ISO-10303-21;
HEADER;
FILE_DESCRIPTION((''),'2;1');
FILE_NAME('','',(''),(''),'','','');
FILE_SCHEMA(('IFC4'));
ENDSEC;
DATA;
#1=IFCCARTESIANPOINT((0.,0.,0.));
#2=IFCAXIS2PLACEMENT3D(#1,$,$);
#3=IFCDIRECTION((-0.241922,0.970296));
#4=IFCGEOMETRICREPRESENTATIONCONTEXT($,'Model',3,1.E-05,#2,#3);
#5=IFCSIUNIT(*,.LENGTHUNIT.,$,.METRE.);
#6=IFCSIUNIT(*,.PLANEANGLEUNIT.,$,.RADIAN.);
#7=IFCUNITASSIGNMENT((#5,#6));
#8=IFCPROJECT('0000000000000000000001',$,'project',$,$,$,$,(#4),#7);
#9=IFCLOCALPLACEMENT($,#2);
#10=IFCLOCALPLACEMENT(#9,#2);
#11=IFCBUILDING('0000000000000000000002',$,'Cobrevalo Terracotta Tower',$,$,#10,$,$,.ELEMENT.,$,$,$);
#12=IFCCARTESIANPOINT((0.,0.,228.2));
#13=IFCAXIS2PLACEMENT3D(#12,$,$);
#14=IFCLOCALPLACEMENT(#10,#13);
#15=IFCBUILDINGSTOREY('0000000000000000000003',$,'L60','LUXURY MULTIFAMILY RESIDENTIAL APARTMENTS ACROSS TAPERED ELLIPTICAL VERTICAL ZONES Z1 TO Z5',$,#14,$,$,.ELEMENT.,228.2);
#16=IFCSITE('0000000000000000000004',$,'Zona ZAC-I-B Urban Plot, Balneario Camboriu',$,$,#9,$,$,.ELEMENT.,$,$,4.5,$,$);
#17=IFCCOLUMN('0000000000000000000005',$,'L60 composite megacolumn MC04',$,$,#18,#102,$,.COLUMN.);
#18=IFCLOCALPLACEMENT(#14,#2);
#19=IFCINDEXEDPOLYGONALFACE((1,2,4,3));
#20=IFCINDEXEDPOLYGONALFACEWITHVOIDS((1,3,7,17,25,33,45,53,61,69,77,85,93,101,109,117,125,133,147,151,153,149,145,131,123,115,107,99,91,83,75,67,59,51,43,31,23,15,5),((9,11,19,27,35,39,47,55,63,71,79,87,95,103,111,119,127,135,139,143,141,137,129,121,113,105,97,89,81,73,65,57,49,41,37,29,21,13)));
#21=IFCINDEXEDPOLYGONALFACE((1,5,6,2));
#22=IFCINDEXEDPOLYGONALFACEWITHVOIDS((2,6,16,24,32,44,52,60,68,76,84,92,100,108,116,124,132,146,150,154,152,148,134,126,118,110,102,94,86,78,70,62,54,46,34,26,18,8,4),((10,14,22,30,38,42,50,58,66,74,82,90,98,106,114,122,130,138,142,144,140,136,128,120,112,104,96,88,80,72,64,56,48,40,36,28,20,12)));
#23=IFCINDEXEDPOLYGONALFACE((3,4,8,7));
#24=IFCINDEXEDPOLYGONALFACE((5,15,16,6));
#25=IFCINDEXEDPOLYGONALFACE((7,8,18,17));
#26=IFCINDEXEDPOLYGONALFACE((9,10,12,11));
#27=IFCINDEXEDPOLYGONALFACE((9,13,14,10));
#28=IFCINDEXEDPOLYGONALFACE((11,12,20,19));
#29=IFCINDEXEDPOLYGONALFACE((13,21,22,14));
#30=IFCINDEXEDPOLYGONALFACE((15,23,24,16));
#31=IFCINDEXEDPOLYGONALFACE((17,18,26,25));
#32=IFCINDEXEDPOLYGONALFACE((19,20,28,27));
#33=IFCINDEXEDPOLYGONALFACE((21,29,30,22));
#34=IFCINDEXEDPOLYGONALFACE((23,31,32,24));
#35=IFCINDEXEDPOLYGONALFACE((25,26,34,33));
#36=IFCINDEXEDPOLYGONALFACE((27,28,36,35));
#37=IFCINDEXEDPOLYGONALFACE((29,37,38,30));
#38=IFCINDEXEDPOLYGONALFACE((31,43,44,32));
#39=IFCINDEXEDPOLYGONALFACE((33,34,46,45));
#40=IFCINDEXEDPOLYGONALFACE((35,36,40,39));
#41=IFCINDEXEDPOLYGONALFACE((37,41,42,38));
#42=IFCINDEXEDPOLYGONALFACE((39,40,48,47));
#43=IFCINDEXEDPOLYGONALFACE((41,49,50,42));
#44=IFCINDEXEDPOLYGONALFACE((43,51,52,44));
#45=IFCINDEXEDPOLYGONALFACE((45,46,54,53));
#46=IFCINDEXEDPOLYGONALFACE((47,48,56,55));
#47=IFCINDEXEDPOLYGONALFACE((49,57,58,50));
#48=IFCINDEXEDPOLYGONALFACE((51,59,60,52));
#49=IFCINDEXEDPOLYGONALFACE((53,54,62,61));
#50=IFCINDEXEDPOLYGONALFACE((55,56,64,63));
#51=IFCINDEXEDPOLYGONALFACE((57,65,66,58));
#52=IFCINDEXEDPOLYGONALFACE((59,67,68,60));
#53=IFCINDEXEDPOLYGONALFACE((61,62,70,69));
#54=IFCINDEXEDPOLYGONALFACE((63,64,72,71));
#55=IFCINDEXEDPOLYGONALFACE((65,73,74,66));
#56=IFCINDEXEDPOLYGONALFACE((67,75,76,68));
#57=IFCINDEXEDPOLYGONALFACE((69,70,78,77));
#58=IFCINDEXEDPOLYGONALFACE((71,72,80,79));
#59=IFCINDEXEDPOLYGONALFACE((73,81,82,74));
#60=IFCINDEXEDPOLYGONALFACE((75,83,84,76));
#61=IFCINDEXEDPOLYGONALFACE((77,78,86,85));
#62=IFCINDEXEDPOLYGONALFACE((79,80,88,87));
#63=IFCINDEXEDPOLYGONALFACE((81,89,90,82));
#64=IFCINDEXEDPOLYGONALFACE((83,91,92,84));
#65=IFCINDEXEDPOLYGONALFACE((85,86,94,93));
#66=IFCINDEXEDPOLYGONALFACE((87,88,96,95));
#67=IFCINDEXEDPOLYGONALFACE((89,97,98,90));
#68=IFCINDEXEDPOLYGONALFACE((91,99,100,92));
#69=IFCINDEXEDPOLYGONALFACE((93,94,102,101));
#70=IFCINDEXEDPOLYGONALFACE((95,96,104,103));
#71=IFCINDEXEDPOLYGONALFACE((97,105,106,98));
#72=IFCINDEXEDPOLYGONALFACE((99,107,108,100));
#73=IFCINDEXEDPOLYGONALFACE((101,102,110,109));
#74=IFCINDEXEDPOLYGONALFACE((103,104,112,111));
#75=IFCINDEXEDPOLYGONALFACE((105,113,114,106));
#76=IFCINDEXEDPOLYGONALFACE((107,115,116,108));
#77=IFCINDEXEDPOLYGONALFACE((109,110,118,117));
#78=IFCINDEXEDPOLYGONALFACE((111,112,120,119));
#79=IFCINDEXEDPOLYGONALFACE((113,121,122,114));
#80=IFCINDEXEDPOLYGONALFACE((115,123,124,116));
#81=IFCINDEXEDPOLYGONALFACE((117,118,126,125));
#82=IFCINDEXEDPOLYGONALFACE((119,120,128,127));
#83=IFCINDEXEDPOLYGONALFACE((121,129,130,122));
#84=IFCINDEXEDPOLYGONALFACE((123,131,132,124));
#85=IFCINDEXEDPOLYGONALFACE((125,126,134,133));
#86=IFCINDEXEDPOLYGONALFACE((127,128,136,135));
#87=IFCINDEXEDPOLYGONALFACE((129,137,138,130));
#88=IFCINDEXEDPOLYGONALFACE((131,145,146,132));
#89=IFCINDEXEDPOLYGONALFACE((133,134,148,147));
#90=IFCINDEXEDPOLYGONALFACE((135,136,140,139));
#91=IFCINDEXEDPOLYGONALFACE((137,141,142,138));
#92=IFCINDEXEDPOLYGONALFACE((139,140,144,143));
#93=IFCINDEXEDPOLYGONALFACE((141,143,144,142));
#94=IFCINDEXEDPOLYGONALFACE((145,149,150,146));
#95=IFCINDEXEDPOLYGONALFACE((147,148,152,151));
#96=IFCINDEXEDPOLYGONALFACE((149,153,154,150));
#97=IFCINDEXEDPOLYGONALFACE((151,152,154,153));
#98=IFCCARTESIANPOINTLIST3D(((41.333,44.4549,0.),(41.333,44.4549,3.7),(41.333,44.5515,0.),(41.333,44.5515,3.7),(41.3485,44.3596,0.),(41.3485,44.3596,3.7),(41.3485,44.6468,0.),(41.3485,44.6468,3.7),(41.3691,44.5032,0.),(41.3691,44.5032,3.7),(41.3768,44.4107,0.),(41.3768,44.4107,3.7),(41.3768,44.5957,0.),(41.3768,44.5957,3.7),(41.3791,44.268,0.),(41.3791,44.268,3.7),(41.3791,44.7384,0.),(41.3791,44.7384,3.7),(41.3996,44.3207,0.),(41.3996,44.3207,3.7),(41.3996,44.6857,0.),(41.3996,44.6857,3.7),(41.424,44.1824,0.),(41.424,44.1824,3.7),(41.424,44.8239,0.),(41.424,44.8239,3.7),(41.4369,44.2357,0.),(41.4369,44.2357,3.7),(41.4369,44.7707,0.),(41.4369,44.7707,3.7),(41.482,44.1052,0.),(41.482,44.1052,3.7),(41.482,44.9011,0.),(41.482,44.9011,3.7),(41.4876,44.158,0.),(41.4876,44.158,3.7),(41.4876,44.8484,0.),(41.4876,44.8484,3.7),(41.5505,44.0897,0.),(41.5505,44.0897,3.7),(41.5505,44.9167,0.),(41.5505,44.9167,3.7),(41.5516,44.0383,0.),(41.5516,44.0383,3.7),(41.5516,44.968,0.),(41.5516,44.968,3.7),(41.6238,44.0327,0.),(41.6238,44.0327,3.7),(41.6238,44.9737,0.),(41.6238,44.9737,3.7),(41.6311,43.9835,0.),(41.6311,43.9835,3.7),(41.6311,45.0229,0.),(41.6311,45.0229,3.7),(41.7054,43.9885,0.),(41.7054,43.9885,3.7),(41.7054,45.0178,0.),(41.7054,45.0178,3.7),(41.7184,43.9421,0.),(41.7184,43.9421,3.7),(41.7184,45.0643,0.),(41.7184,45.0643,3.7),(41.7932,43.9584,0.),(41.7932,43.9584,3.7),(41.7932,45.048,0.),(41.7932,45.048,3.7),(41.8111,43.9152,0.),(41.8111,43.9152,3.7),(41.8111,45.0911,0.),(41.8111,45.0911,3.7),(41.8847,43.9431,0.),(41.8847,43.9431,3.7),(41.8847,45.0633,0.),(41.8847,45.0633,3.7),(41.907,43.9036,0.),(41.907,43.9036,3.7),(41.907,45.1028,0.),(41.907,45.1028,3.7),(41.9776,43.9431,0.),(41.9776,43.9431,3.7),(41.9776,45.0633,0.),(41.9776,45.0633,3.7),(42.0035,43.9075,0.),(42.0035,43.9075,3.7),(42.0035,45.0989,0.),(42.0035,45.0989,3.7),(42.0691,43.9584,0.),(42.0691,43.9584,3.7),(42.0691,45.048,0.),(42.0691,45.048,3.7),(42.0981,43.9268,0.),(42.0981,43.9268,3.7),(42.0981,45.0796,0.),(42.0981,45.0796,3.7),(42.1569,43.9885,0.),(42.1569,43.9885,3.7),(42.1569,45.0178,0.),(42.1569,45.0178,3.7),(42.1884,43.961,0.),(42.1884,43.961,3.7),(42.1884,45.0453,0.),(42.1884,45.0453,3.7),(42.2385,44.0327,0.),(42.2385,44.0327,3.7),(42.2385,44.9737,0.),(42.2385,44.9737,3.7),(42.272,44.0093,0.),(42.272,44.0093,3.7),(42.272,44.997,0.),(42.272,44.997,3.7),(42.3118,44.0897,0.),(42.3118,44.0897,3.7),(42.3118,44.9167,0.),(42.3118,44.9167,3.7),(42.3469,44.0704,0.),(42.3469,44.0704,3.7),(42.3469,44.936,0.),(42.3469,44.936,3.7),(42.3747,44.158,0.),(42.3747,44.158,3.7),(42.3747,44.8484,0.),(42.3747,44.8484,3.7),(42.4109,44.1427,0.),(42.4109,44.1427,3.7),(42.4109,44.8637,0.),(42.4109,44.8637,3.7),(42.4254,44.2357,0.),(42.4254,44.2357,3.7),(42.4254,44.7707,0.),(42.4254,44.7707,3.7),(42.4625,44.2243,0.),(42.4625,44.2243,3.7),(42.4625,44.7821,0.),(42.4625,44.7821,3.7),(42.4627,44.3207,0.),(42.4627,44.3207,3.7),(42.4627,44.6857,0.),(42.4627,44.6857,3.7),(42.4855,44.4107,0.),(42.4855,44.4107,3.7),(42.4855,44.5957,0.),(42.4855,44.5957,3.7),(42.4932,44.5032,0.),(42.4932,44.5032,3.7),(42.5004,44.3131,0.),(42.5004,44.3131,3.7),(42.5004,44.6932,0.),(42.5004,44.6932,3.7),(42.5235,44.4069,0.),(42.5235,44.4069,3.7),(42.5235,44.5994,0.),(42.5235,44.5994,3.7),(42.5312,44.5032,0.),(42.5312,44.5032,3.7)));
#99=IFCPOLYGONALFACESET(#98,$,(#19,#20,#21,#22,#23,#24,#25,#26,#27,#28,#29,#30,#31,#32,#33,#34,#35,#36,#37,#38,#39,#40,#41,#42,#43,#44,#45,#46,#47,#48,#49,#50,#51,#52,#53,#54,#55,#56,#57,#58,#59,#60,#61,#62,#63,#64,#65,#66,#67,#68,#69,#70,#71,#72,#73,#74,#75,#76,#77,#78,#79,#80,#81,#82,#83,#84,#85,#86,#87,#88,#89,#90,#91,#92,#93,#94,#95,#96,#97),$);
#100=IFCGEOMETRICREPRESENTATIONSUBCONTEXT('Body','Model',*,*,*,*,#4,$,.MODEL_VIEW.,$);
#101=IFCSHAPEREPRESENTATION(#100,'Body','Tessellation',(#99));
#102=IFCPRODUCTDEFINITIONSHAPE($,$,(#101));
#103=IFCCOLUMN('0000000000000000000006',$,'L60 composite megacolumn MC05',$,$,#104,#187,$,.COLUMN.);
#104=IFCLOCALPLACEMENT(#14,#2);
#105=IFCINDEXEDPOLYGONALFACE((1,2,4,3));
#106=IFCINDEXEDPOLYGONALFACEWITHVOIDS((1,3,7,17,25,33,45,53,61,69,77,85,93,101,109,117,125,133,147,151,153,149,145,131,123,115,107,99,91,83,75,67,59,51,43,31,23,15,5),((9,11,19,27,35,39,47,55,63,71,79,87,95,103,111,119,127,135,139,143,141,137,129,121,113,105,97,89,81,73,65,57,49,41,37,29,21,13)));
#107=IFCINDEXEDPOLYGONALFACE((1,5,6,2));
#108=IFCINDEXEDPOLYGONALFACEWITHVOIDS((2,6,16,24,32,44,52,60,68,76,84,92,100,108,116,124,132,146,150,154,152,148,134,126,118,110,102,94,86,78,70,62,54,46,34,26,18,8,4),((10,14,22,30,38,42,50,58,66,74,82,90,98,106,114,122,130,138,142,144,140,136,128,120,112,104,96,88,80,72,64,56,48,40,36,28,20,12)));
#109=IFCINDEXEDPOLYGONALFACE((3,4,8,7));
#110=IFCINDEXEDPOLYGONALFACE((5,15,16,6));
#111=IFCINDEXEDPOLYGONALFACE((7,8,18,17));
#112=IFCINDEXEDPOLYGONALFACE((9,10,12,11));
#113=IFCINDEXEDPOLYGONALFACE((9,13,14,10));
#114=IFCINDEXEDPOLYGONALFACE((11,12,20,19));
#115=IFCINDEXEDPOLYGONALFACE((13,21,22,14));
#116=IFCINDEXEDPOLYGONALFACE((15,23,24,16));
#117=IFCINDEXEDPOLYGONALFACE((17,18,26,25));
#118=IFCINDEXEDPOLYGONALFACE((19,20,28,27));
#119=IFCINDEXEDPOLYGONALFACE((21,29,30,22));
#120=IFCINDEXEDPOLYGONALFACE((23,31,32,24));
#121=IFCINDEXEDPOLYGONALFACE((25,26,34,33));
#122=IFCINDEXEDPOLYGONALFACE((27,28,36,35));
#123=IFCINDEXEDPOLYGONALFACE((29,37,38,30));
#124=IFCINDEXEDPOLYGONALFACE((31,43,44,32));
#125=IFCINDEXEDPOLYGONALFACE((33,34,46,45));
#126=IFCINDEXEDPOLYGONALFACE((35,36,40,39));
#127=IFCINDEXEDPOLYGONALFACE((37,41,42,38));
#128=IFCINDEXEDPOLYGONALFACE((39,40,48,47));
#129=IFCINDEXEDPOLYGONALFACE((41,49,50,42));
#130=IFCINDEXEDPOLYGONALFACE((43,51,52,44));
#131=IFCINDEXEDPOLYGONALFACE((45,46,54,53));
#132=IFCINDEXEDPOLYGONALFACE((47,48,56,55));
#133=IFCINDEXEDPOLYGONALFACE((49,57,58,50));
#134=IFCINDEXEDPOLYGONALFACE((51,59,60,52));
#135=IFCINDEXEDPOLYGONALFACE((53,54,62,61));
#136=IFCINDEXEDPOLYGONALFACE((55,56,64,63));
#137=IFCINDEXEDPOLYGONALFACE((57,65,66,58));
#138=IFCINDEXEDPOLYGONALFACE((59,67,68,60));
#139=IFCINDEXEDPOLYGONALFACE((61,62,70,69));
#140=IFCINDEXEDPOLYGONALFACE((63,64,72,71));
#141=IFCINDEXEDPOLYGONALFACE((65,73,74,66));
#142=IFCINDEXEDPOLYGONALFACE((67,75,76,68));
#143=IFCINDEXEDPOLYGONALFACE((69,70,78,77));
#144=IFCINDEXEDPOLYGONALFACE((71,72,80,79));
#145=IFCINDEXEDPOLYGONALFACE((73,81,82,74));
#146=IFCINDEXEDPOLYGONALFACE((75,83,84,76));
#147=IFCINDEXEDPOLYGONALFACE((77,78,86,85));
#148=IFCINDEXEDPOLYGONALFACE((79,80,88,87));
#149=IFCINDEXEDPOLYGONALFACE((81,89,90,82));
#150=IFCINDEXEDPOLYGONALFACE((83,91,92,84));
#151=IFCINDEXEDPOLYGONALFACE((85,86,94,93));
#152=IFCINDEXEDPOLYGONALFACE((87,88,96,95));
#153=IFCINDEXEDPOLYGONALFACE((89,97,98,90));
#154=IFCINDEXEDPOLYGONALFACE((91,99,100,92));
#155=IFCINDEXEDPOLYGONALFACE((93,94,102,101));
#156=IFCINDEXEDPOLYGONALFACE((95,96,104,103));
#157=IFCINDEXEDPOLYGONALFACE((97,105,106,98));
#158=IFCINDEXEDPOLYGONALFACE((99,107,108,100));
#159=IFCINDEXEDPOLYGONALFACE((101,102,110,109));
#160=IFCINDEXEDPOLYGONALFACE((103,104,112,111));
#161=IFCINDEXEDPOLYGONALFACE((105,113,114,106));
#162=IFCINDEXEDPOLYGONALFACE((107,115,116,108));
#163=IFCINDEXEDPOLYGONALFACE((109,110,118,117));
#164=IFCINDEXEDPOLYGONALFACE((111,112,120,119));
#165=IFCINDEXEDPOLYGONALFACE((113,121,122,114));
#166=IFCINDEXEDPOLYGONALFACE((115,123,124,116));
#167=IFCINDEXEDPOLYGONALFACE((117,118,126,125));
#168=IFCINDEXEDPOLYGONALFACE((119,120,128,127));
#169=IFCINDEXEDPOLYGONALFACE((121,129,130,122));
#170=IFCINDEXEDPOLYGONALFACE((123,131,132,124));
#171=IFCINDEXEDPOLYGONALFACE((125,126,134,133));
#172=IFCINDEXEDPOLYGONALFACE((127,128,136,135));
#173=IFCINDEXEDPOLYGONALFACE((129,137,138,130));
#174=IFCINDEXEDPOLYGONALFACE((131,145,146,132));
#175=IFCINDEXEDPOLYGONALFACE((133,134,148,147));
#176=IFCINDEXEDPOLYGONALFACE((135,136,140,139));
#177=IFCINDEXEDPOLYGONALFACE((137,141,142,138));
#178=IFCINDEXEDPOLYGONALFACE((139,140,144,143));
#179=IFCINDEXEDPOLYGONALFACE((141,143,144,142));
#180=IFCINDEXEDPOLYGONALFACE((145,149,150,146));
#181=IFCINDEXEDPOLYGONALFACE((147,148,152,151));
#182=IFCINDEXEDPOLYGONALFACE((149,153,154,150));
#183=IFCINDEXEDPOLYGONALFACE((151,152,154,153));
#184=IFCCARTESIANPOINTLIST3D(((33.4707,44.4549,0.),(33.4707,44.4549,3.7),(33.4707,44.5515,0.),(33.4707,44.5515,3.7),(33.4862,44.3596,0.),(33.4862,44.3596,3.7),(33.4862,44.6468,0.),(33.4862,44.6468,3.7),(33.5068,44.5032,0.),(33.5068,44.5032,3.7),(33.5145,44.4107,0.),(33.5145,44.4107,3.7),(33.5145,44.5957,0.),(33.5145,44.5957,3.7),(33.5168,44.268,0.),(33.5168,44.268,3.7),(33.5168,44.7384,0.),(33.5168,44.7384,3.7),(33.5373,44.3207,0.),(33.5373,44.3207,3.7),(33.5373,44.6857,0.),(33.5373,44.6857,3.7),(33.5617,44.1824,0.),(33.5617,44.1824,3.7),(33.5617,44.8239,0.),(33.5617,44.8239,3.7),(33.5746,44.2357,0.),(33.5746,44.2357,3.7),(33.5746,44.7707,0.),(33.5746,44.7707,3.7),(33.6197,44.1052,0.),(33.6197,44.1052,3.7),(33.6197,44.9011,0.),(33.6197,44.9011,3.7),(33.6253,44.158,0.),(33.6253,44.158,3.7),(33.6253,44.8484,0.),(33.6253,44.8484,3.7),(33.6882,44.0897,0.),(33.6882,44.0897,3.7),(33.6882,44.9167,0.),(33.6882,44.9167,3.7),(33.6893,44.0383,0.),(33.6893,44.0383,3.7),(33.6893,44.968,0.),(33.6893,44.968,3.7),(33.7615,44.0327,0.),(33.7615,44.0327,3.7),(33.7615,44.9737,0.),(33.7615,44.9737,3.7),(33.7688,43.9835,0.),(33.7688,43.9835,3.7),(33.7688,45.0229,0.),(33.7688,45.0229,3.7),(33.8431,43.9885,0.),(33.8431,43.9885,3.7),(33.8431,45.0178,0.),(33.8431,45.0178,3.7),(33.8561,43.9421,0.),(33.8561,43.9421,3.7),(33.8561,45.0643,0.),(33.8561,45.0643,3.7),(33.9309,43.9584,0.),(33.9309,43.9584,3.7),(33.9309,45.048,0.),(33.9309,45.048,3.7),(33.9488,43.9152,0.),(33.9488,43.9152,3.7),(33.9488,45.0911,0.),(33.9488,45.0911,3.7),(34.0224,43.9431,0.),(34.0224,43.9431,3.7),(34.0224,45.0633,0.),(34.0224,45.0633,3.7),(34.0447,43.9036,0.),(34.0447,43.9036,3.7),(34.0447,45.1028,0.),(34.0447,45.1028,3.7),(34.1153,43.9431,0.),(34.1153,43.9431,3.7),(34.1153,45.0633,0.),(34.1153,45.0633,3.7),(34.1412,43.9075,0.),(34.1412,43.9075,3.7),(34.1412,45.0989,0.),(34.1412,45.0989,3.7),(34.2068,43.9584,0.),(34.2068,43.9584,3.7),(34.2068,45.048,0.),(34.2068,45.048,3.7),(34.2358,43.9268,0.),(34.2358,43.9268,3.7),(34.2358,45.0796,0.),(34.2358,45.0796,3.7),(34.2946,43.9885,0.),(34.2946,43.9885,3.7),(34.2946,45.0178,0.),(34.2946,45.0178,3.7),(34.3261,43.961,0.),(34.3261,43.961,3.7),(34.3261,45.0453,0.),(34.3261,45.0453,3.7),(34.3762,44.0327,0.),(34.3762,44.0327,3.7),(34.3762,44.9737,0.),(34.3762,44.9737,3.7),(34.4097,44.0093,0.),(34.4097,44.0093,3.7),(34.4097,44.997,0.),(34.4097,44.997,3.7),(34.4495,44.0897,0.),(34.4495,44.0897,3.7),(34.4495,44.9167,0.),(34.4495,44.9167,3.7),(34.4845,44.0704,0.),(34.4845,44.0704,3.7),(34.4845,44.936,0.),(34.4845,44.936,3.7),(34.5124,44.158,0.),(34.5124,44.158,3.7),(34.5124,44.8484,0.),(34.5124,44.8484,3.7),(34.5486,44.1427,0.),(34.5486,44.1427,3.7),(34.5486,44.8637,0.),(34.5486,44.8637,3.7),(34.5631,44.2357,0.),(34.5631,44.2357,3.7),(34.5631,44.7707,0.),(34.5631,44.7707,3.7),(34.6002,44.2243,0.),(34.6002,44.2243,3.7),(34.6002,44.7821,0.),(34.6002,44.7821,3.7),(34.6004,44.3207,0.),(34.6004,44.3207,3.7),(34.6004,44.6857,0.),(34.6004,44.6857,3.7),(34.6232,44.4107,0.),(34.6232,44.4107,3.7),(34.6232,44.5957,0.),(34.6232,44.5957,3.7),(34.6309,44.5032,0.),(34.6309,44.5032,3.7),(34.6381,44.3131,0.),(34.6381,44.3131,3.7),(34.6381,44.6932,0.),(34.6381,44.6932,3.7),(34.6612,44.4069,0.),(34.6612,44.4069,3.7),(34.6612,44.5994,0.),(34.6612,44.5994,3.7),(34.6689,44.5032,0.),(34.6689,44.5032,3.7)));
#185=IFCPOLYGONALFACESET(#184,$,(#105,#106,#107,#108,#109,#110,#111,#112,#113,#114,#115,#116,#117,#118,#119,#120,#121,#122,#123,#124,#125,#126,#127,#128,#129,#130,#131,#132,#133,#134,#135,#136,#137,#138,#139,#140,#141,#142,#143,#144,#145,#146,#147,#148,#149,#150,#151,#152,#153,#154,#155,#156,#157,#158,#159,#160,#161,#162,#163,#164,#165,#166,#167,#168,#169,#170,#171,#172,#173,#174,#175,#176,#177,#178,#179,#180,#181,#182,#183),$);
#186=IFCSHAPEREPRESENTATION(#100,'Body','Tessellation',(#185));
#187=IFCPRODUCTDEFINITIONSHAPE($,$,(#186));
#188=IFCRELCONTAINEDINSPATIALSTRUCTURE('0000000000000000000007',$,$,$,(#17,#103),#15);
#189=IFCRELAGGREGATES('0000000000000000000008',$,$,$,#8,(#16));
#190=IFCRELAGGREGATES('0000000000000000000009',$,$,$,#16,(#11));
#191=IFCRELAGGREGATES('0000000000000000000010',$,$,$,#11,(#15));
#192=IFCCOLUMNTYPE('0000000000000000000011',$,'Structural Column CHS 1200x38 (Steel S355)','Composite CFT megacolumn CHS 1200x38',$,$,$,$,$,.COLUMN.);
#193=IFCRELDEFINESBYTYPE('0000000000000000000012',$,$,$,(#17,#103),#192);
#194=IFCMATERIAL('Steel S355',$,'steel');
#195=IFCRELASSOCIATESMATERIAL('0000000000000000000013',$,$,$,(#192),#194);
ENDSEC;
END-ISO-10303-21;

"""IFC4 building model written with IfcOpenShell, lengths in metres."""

from ifc_helpers import new_model, si_unit, direction, frame, origin, origin_2d, place, context, subcontext, project, spatial, hollow_circle, extrude, material, material_profile, profile_set, type_object, element, save


model = new_model("IFC4")

# Units and contexts
model_context = context("Model", 3, precision=1e-05, world=origin(), true_north=direction((-0.241922, 0.970296)))
body_context = subcontext(model_context, "Body", "Model", "MODEL_VIEW")
ifc_project = project(units=[si_unit("LENGTHUNIT", "METRE"), si_unit("PLANEANGLEUNIT", "RADIAN")], contexts=[model_context])

# Site, building, storey
site_placement = place(None, origin())
site = spatial("IfcSite", under=ifc_project, at=site_placement, Name="Zona ZAC-I-B Urban Plot, Balneario Camboriu", CompositionType="ELEMENT", RefElevation=4.5)
building_placement = place(site_placement, origin())
building = spatial("IfcBuilding", under=site, at=building_placement, Name="Cobrevalo Terracotta Tower", CompositionType="ELEMENT")
storey_placement = place(building_placement, frame((0.0, 0.0, 228.2)))
storey = spatial("IfcBuildingStorey", under=building, at=storey_placement, Name="L60", Description="LUXURY MULTIFAMILY RESIDENTIAL APARTMENTS ACROSS TAPERED ELLIPTICAL VERTICAL ZONES Z1 TO Z5", CompositionType="ELEMENT", Elevation=228.2)

# Columns
ifc_material_1 = material(Name="Steel S355", Category="steel")
ifc_material_profile_1 = material_profile(ifc_material_1, hollow_circle(Radius=0.6001, WallThickness=0.0381, at=origin_2d()), Name="CHS 1200x38")
ifc_profile_set_1 = profile_set([ifc_material_profile_1], Name="Steel S355")
column_type = type_object("IfcColumnType", Name="Structural Column CHS 1200x38 (Steel S355)", Description="Composite CFT megacolumn CHS 1200x38", PredefinedType="COLUMN", material=ifc_profile_set_1)
for number, where, z_axis, x_axis, name in (
    (1, (41.9312, 44.5032, 0.0), (0.0, 0.0, 1.0), (1.0, 0.0, 0.0), "L60 composite megacolumn MC04"),
    (2, (34.0688, 44.5032, 0.0), (0.0, 0.0, 1.0), (1.0, 0.0, 0.0), "L60 composite megacolumn MC05"),
):
    element("IfcColumn", number, at=place(storey_placement, frame(where, z_axis=z_axis, x_axis=x_axis)), inside=storey, type_object=column_type, Name=name, PredefinedType="COLUMN", context=body_context, shape_type="SweptSolid", body=[
        extrude(hollow_circle(Radius=0.6001, WallThickness=0.0381, at=origin_2d()), origin(), (0.0, 0.0, 1.0), 3.7),
    ])

save(model, "model.ifc")
